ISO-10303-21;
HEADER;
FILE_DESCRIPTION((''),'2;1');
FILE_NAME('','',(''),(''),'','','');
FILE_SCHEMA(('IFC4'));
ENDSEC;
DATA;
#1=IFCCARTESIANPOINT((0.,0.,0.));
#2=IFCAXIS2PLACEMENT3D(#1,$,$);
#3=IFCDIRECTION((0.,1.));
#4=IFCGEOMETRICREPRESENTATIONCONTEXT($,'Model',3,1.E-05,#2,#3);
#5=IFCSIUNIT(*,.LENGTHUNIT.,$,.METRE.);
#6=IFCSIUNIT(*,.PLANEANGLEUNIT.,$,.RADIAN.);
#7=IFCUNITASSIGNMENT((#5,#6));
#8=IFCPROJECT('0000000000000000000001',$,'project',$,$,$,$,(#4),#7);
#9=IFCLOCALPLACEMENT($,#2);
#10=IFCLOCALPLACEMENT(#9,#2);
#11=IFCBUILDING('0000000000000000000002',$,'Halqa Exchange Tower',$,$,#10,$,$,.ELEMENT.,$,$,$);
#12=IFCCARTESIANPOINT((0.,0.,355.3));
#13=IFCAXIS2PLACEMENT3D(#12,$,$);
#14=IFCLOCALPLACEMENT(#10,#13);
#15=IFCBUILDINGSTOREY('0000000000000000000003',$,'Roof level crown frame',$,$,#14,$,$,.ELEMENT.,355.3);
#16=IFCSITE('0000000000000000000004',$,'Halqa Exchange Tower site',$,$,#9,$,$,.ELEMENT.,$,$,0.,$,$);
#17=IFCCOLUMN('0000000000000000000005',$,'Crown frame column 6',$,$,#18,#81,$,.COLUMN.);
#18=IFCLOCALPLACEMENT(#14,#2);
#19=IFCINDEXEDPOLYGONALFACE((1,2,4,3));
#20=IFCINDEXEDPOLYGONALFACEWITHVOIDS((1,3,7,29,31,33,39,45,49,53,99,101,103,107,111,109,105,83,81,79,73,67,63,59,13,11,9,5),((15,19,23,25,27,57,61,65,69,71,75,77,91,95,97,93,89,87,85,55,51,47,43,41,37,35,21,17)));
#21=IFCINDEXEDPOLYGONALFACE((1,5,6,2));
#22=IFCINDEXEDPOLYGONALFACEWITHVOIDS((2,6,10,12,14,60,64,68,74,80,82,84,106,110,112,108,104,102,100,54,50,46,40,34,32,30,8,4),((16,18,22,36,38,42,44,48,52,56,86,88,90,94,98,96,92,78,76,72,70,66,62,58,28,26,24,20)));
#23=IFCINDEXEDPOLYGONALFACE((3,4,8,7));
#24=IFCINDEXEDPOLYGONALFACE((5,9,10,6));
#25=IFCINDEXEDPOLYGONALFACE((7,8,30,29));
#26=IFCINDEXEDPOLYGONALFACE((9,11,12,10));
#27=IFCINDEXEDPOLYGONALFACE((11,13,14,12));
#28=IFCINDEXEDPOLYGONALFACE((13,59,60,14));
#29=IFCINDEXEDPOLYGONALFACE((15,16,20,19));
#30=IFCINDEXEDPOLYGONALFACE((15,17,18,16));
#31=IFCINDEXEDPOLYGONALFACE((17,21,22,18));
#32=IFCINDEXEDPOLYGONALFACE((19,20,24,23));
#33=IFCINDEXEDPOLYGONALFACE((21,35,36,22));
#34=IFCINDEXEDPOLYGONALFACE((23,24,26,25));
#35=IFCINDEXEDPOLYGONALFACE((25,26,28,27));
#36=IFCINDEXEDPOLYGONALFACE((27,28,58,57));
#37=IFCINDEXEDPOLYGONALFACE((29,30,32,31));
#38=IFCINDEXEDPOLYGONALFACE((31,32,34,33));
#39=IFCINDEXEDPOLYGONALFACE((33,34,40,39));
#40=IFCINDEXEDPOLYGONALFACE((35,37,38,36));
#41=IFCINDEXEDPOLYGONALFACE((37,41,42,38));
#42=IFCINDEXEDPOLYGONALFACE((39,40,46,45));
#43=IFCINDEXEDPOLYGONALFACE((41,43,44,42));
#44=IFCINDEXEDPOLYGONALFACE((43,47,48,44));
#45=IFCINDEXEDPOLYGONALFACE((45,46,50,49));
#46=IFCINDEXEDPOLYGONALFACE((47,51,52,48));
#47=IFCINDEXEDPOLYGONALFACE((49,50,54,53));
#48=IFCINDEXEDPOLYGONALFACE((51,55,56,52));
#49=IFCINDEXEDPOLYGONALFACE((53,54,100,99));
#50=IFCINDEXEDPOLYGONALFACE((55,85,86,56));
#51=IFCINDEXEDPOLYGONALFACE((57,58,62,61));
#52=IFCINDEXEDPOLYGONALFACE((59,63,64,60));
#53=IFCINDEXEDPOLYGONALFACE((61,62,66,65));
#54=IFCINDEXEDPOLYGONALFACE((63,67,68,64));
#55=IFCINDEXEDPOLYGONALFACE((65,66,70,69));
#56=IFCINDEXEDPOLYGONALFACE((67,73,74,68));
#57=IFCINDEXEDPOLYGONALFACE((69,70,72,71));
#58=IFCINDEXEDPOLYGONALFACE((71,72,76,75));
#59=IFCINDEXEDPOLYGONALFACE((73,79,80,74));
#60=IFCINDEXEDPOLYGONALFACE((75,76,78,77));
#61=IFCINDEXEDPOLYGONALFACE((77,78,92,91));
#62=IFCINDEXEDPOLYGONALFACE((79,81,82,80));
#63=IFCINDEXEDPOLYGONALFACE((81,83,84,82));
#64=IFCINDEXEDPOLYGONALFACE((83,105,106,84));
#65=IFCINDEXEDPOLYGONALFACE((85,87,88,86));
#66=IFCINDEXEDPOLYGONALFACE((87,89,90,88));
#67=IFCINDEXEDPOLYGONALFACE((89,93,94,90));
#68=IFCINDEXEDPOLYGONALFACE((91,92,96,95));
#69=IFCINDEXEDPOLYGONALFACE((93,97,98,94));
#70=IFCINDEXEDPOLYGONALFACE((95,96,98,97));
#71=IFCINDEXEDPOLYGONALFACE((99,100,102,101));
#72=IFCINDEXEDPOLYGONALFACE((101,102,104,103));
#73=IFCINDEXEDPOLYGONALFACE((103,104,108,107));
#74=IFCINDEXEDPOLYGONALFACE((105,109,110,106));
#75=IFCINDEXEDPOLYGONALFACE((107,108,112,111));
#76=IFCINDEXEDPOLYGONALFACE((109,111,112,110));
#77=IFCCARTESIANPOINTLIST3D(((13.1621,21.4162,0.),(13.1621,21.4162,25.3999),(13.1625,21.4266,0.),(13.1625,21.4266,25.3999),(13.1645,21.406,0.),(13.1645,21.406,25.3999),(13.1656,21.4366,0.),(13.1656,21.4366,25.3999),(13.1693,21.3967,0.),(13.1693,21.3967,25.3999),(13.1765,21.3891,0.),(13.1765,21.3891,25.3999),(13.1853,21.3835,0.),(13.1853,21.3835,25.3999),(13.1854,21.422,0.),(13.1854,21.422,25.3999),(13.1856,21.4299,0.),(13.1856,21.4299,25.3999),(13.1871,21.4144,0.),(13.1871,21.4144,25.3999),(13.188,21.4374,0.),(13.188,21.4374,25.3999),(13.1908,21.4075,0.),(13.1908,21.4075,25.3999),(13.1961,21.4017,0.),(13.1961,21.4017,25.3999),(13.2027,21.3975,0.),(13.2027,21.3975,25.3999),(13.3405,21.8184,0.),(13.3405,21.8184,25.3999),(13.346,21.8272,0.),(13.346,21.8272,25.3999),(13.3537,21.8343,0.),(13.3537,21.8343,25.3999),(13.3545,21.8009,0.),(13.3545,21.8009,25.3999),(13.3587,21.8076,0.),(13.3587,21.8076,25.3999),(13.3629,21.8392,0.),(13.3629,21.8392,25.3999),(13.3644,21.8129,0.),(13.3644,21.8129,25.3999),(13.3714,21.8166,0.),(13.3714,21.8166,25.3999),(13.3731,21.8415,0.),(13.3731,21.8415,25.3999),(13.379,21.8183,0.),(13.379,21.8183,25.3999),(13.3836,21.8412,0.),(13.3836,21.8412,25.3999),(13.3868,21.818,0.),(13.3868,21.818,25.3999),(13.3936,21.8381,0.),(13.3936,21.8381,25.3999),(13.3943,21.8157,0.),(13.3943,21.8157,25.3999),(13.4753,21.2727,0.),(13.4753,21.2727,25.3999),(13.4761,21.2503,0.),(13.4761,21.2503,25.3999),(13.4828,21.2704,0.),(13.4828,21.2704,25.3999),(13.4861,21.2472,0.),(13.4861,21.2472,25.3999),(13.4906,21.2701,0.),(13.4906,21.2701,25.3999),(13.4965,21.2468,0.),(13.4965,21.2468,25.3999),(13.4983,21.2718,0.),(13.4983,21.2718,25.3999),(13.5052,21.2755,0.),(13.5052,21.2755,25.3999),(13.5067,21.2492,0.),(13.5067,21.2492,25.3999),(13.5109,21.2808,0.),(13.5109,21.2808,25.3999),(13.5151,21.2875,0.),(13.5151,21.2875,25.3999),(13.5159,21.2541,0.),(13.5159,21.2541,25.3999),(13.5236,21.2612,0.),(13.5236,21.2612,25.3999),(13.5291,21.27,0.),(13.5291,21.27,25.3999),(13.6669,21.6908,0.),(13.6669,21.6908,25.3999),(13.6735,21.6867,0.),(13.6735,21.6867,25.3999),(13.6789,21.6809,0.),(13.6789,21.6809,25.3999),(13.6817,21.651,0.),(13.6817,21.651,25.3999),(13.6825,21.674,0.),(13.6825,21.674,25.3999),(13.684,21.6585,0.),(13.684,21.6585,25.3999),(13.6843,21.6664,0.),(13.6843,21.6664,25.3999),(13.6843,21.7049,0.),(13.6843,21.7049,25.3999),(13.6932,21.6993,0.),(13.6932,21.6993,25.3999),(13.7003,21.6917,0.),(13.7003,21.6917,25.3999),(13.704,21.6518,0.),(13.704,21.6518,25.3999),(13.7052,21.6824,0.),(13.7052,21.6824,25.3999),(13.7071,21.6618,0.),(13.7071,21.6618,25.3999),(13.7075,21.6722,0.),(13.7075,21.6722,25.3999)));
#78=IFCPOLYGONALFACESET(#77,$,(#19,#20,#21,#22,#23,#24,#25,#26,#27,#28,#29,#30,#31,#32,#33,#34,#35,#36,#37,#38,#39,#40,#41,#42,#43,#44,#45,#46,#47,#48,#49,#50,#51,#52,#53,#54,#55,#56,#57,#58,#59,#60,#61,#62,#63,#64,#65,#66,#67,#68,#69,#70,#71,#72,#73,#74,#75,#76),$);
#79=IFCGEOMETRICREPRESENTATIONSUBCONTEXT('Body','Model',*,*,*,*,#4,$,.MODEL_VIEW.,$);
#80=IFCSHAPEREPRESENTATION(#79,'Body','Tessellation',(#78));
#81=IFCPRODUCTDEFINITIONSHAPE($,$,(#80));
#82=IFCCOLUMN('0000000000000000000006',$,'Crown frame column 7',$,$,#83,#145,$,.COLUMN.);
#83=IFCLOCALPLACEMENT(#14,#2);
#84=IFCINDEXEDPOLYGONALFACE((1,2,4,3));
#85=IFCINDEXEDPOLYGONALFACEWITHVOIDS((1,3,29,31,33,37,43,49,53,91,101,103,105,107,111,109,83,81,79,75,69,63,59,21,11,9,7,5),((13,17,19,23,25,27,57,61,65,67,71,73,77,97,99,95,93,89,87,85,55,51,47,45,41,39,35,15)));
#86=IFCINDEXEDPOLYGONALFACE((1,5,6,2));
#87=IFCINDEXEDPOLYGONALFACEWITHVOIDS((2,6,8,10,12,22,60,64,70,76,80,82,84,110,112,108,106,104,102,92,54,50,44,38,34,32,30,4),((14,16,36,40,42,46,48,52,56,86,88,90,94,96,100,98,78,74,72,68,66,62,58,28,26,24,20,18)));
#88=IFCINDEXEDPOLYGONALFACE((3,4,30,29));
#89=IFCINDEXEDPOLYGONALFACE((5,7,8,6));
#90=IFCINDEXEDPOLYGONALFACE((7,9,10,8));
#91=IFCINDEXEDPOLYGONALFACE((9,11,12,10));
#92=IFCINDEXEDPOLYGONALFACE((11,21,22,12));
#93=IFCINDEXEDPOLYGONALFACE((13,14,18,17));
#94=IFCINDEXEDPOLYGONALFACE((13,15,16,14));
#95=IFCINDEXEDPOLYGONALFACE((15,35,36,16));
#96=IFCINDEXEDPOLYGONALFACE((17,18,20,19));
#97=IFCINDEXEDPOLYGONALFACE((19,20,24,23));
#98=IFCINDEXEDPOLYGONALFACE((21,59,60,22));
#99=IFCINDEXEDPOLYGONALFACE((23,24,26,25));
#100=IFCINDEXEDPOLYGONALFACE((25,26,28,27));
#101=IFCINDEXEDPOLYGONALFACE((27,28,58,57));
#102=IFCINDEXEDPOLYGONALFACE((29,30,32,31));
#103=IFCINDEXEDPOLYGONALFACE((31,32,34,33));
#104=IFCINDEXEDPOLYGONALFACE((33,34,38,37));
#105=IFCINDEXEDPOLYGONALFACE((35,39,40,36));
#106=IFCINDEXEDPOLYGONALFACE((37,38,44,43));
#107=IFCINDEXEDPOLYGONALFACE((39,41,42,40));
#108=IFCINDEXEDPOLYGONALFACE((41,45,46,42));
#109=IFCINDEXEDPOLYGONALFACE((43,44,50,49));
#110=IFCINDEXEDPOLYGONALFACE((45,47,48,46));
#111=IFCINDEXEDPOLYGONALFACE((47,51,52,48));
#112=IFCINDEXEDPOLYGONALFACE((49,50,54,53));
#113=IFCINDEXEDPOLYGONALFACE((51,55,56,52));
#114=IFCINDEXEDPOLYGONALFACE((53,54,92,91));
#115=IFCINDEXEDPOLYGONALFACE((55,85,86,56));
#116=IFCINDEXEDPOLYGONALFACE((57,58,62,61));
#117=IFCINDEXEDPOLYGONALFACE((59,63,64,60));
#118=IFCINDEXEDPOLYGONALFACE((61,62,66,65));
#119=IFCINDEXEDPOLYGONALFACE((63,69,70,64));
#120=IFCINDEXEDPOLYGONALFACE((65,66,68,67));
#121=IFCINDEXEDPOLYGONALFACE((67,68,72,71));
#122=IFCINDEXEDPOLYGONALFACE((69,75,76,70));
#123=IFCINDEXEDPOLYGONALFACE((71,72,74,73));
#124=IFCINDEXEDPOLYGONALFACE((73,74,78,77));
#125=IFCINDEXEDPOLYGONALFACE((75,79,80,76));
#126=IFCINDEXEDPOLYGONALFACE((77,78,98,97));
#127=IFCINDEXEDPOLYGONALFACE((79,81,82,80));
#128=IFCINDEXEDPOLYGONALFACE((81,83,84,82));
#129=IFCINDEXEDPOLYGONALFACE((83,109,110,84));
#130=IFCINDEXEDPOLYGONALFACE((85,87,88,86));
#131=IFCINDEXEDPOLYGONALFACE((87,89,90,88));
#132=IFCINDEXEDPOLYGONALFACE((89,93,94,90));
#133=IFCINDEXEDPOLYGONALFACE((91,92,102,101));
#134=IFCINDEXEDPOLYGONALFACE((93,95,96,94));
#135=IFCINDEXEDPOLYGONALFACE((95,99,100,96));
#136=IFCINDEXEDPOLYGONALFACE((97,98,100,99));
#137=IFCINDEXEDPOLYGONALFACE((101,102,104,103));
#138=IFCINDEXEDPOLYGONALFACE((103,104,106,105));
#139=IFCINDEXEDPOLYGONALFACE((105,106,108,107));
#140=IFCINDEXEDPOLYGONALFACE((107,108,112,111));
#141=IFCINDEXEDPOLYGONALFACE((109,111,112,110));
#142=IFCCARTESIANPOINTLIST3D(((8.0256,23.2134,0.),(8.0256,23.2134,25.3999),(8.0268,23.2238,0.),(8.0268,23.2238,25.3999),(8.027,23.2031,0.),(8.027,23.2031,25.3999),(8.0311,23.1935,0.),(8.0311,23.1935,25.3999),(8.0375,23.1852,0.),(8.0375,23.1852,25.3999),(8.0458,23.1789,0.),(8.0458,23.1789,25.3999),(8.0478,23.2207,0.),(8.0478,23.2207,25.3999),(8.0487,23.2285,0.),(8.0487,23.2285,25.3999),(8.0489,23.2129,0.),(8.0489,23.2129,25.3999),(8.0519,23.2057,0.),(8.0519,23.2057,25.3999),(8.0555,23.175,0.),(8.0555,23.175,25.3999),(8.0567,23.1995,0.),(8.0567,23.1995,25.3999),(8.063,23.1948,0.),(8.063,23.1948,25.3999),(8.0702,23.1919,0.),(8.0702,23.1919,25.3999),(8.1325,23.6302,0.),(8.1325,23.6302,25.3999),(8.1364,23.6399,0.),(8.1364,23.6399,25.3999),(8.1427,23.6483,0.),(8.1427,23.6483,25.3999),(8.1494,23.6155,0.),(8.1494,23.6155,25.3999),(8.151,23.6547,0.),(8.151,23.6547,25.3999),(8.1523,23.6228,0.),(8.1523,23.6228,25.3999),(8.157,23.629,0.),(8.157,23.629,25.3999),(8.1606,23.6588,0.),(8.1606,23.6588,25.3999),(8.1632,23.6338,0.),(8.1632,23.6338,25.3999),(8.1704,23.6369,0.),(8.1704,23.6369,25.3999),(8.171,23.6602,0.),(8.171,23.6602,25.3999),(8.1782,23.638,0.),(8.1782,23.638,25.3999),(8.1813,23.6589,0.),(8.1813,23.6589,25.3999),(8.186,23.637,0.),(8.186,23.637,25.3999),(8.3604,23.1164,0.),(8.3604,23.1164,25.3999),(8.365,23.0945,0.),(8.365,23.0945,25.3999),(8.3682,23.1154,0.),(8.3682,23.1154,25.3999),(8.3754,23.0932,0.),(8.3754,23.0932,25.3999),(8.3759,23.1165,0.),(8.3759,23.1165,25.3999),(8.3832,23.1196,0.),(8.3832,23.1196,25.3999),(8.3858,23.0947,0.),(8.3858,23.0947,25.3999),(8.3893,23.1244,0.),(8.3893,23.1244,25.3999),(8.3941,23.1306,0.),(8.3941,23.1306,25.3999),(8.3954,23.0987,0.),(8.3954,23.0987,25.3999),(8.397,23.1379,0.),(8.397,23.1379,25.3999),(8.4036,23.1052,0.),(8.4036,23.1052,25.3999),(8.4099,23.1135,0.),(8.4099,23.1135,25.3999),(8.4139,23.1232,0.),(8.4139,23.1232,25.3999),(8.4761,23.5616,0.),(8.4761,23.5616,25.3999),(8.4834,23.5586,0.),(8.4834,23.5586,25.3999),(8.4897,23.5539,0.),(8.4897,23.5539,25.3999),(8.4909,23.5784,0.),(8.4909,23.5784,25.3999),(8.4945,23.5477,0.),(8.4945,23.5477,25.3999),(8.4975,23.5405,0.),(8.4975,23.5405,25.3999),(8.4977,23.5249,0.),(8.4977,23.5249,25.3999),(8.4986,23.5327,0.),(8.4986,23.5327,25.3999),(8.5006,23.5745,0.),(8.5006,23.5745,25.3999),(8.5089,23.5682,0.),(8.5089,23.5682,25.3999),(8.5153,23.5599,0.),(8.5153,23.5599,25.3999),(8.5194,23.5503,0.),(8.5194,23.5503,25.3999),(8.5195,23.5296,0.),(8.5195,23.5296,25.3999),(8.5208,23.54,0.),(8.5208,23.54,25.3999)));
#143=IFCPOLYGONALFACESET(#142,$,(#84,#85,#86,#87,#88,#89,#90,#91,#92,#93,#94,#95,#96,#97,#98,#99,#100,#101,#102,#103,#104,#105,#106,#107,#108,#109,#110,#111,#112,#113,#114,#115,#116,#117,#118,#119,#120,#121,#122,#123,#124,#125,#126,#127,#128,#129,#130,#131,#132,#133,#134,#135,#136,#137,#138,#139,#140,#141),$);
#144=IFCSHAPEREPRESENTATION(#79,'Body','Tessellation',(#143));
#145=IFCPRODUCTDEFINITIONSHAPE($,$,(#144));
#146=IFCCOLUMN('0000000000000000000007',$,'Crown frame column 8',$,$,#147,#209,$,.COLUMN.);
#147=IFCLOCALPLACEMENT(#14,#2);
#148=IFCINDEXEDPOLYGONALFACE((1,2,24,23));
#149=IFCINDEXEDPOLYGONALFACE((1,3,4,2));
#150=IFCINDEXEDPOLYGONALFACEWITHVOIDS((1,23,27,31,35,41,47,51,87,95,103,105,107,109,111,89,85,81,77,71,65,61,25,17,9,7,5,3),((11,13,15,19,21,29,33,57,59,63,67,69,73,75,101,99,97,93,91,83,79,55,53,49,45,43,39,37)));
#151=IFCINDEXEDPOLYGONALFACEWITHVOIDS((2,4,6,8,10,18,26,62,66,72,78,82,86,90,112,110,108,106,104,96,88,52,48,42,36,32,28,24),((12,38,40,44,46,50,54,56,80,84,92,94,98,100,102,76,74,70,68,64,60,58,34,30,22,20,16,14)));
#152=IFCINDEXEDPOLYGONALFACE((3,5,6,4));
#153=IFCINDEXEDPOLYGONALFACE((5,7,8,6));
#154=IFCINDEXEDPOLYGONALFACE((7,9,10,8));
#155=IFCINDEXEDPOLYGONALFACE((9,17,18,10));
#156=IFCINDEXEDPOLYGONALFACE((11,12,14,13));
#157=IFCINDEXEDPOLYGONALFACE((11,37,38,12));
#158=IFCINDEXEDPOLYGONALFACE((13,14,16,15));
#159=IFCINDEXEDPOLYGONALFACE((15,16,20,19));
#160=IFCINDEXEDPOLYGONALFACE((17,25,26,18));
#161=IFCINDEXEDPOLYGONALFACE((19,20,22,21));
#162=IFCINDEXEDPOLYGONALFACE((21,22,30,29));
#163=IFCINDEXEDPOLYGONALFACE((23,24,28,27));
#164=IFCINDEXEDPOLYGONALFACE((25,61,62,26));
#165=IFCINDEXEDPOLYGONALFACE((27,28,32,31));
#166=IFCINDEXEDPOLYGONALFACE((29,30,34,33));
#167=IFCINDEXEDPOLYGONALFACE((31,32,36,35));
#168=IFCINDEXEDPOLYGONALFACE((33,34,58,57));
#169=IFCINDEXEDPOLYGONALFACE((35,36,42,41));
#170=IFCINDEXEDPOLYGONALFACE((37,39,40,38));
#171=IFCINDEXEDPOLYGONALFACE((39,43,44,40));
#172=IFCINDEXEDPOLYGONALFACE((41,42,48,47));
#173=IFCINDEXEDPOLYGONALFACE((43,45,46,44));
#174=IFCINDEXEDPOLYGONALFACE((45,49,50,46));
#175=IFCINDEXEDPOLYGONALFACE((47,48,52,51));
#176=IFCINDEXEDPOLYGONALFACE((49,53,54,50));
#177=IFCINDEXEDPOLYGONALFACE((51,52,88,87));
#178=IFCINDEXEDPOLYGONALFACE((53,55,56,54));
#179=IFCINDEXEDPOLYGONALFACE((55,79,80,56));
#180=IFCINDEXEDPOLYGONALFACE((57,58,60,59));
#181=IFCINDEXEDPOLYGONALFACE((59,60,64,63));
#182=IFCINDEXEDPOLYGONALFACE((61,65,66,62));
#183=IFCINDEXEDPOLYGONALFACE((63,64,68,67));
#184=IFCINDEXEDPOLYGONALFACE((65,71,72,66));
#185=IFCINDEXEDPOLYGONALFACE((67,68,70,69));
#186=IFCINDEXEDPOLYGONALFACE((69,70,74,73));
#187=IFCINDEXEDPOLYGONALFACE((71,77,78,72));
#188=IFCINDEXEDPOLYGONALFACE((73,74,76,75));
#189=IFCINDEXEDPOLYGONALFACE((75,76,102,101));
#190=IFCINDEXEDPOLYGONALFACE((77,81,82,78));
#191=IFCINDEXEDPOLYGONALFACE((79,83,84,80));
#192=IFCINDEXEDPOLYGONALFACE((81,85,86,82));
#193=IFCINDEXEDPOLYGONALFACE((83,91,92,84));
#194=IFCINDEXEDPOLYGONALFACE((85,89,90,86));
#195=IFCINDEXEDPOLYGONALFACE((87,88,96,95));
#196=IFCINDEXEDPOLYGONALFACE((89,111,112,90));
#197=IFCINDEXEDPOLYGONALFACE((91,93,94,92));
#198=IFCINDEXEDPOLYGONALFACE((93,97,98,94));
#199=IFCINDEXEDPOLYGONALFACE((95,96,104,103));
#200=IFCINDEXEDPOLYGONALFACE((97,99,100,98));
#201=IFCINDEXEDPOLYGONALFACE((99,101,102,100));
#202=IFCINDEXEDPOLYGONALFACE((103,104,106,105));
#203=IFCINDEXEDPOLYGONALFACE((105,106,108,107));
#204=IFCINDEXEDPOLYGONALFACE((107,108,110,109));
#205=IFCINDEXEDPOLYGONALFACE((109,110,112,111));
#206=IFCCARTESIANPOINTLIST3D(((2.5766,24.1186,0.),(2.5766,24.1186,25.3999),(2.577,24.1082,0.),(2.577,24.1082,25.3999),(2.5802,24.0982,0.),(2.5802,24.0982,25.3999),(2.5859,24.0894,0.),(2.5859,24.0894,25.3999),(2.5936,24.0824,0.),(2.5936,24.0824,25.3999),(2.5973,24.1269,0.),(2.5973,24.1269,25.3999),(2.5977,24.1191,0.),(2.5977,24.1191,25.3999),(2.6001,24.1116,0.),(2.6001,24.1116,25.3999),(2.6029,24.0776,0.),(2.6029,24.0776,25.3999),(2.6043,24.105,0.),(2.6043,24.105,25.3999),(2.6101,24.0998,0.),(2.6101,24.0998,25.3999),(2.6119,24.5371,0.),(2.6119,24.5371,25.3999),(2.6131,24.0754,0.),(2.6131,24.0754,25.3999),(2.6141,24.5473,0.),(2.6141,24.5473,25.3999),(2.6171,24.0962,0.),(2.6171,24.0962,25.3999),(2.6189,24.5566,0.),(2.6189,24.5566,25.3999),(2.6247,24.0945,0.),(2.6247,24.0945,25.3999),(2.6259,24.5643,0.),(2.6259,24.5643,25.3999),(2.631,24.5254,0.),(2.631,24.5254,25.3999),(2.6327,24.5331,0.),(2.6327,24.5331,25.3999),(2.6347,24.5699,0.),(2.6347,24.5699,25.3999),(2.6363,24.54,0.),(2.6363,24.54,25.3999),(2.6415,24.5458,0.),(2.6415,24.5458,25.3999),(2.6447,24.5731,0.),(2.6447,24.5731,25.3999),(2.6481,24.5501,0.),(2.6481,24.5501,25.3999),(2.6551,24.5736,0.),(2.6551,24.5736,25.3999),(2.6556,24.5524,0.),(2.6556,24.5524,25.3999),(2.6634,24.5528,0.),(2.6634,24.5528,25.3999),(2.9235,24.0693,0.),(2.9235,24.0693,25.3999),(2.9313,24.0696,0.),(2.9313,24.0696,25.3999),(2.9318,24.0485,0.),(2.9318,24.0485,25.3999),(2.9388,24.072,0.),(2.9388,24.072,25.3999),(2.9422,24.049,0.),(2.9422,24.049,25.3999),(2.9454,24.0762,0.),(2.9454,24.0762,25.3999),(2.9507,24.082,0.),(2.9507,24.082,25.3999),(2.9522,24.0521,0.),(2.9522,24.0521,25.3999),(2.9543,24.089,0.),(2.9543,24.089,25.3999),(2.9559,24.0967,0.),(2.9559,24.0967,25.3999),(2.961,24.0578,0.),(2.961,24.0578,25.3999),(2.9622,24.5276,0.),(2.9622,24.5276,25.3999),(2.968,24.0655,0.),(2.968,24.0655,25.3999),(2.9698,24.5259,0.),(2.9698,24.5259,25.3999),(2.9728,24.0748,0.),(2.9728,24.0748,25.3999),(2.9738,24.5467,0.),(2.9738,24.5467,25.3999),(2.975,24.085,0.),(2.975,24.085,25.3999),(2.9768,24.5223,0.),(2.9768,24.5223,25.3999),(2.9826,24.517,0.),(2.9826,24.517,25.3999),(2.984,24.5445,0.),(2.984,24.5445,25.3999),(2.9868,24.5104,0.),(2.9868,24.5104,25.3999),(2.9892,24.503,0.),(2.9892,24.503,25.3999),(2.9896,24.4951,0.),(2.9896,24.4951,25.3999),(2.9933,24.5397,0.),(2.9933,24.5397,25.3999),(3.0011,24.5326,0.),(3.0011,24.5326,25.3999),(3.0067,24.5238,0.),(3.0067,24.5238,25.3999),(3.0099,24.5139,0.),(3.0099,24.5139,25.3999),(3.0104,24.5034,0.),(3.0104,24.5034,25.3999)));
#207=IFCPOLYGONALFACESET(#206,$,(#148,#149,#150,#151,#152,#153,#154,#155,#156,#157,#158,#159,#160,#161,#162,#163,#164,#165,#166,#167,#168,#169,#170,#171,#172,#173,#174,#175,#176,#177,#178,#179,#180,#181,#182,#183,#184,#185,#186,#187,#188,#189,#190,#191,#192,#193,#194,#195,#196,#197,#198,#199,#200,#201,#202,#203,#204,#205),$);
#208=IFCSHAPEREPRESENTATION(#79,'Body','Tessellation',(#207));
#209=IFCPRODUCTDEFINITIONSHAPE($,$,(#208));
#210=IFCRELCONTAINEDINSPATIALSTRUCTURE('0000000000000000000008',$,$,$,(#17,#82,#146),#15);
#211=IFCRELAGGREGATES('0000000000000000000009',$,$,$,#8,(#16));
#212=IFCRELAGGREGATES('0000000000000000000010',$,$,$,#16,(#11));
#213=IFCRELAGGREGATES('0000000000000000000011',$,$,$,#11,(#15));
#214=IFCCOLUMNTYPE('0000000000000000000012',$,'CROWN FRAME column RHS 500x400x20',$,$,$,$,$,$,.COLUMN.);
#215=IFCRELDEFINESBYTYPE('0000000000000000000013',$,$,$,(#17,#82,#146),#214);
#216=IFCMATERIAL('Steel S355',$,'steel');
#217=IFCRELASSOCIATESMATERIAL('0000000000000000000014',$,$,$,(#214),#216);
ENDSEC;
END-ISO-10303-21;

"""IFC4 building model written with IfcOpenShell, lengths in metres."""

from ifc_helpers import new_model, si_unit, direction, frame, origin, origin_2d, place, context, subcontext, project, spatial, hollow_rectangle, extrude, material, material_profile, profile_set, type_object, element, save


model = new_model("IFC4")

# Units and contexts
model_context = context("Model", 3, precision=1e-05, world=origin(), true_north=direction((0.0, 1.0)))
body_context = subcontext(model_context, "Body", "Model", "MODEL_VIEW")
ifc_project = project(units=[si_unit("LENGTHUNIT", "METRE"), si_unit("PLANEANGLEUNIT", "RADIAN")], contexts=[model_context])

# Site, building, storey
site_placement = place(None, origin())
site = spatial("IfcSite", under=ifc_project, at=site_placement, Name="Halqa Exchange Tower site", CompositionType="ELEMENT", RefElevation=0.0)
building_placement = place(site_placement, origin())
building = spatial("IfcBuilding", under=site, at=building_placement, Name="Halqa Exchange Tower", CompositionType="ELEMENT")
storey_placement = place(building_placement, frame((0.0, 0.0, 355.3)))
storey = spatial("IfcBuildingStorey", under=building, at=storey_placement, Name="Roof level crown frame", CompositionType="ELEMENT", Elevation=355.3)

# Columns
ifc_material_1 = material(Name="Steel S355", Category="steel")
ifc_material_profile_1 = material_profile(ifc_material_1, hollow_rectangle(XDim=0.3999, YDim=0.5, WallThickness=0.02, InnerFilletRadius=0.03, OuterFilletRadius=0.04, at=origin_2d()), Name="RHS 500x400x20")
ifc_profile_set_1 = profile_set([ifc_material_profile_1], Name="Steel S355")
column_type = type_object("IfcColumnType", Name="CROWN FRAME column RHS 500x400x20", PredefinedType="COLUMN", material=ifc_profile_set_1)
for number, where, z_axis, x_axis, name in (
    (1, (13.4348, 21.5442, 0.0), (0.0, 0.0, 1.0), (-0.909129, 0.416516, 0.0), "Crown frame column 6"),
    (2, (8.2732, 23.3767, 0.0), (0.0, 0.0, 1.0), (-0.967819, 0.251647, 0.0), "Crown frame column 7"),
    (3, (2.7935, 24.311, 0.0), (0.0, 0.0, 1.0), (-0.996455, 0.084127, 0.0), "Crown frame column 8"),
):
    element("IfcColumn", number, at=place(storey_placement, frame(where, z_axis=z_axis, x_axis=x_axis)), inside=storey, type_object=column_type, Name=name, PredefinedType="COLUMN", context=body_context, shape_type="SweptSolid", body=[
        extrude(hollow_rectangle(XDim=0.3999, YDim=0.5, WallThickness=0.02, InnerFilletRadius=0.03, OuterFilletRadius=0.04, at=origin_2d()), origin(), (0.0, 0.0, 1.0), 25.3999),
    ])

save(model, "model.ifc")
